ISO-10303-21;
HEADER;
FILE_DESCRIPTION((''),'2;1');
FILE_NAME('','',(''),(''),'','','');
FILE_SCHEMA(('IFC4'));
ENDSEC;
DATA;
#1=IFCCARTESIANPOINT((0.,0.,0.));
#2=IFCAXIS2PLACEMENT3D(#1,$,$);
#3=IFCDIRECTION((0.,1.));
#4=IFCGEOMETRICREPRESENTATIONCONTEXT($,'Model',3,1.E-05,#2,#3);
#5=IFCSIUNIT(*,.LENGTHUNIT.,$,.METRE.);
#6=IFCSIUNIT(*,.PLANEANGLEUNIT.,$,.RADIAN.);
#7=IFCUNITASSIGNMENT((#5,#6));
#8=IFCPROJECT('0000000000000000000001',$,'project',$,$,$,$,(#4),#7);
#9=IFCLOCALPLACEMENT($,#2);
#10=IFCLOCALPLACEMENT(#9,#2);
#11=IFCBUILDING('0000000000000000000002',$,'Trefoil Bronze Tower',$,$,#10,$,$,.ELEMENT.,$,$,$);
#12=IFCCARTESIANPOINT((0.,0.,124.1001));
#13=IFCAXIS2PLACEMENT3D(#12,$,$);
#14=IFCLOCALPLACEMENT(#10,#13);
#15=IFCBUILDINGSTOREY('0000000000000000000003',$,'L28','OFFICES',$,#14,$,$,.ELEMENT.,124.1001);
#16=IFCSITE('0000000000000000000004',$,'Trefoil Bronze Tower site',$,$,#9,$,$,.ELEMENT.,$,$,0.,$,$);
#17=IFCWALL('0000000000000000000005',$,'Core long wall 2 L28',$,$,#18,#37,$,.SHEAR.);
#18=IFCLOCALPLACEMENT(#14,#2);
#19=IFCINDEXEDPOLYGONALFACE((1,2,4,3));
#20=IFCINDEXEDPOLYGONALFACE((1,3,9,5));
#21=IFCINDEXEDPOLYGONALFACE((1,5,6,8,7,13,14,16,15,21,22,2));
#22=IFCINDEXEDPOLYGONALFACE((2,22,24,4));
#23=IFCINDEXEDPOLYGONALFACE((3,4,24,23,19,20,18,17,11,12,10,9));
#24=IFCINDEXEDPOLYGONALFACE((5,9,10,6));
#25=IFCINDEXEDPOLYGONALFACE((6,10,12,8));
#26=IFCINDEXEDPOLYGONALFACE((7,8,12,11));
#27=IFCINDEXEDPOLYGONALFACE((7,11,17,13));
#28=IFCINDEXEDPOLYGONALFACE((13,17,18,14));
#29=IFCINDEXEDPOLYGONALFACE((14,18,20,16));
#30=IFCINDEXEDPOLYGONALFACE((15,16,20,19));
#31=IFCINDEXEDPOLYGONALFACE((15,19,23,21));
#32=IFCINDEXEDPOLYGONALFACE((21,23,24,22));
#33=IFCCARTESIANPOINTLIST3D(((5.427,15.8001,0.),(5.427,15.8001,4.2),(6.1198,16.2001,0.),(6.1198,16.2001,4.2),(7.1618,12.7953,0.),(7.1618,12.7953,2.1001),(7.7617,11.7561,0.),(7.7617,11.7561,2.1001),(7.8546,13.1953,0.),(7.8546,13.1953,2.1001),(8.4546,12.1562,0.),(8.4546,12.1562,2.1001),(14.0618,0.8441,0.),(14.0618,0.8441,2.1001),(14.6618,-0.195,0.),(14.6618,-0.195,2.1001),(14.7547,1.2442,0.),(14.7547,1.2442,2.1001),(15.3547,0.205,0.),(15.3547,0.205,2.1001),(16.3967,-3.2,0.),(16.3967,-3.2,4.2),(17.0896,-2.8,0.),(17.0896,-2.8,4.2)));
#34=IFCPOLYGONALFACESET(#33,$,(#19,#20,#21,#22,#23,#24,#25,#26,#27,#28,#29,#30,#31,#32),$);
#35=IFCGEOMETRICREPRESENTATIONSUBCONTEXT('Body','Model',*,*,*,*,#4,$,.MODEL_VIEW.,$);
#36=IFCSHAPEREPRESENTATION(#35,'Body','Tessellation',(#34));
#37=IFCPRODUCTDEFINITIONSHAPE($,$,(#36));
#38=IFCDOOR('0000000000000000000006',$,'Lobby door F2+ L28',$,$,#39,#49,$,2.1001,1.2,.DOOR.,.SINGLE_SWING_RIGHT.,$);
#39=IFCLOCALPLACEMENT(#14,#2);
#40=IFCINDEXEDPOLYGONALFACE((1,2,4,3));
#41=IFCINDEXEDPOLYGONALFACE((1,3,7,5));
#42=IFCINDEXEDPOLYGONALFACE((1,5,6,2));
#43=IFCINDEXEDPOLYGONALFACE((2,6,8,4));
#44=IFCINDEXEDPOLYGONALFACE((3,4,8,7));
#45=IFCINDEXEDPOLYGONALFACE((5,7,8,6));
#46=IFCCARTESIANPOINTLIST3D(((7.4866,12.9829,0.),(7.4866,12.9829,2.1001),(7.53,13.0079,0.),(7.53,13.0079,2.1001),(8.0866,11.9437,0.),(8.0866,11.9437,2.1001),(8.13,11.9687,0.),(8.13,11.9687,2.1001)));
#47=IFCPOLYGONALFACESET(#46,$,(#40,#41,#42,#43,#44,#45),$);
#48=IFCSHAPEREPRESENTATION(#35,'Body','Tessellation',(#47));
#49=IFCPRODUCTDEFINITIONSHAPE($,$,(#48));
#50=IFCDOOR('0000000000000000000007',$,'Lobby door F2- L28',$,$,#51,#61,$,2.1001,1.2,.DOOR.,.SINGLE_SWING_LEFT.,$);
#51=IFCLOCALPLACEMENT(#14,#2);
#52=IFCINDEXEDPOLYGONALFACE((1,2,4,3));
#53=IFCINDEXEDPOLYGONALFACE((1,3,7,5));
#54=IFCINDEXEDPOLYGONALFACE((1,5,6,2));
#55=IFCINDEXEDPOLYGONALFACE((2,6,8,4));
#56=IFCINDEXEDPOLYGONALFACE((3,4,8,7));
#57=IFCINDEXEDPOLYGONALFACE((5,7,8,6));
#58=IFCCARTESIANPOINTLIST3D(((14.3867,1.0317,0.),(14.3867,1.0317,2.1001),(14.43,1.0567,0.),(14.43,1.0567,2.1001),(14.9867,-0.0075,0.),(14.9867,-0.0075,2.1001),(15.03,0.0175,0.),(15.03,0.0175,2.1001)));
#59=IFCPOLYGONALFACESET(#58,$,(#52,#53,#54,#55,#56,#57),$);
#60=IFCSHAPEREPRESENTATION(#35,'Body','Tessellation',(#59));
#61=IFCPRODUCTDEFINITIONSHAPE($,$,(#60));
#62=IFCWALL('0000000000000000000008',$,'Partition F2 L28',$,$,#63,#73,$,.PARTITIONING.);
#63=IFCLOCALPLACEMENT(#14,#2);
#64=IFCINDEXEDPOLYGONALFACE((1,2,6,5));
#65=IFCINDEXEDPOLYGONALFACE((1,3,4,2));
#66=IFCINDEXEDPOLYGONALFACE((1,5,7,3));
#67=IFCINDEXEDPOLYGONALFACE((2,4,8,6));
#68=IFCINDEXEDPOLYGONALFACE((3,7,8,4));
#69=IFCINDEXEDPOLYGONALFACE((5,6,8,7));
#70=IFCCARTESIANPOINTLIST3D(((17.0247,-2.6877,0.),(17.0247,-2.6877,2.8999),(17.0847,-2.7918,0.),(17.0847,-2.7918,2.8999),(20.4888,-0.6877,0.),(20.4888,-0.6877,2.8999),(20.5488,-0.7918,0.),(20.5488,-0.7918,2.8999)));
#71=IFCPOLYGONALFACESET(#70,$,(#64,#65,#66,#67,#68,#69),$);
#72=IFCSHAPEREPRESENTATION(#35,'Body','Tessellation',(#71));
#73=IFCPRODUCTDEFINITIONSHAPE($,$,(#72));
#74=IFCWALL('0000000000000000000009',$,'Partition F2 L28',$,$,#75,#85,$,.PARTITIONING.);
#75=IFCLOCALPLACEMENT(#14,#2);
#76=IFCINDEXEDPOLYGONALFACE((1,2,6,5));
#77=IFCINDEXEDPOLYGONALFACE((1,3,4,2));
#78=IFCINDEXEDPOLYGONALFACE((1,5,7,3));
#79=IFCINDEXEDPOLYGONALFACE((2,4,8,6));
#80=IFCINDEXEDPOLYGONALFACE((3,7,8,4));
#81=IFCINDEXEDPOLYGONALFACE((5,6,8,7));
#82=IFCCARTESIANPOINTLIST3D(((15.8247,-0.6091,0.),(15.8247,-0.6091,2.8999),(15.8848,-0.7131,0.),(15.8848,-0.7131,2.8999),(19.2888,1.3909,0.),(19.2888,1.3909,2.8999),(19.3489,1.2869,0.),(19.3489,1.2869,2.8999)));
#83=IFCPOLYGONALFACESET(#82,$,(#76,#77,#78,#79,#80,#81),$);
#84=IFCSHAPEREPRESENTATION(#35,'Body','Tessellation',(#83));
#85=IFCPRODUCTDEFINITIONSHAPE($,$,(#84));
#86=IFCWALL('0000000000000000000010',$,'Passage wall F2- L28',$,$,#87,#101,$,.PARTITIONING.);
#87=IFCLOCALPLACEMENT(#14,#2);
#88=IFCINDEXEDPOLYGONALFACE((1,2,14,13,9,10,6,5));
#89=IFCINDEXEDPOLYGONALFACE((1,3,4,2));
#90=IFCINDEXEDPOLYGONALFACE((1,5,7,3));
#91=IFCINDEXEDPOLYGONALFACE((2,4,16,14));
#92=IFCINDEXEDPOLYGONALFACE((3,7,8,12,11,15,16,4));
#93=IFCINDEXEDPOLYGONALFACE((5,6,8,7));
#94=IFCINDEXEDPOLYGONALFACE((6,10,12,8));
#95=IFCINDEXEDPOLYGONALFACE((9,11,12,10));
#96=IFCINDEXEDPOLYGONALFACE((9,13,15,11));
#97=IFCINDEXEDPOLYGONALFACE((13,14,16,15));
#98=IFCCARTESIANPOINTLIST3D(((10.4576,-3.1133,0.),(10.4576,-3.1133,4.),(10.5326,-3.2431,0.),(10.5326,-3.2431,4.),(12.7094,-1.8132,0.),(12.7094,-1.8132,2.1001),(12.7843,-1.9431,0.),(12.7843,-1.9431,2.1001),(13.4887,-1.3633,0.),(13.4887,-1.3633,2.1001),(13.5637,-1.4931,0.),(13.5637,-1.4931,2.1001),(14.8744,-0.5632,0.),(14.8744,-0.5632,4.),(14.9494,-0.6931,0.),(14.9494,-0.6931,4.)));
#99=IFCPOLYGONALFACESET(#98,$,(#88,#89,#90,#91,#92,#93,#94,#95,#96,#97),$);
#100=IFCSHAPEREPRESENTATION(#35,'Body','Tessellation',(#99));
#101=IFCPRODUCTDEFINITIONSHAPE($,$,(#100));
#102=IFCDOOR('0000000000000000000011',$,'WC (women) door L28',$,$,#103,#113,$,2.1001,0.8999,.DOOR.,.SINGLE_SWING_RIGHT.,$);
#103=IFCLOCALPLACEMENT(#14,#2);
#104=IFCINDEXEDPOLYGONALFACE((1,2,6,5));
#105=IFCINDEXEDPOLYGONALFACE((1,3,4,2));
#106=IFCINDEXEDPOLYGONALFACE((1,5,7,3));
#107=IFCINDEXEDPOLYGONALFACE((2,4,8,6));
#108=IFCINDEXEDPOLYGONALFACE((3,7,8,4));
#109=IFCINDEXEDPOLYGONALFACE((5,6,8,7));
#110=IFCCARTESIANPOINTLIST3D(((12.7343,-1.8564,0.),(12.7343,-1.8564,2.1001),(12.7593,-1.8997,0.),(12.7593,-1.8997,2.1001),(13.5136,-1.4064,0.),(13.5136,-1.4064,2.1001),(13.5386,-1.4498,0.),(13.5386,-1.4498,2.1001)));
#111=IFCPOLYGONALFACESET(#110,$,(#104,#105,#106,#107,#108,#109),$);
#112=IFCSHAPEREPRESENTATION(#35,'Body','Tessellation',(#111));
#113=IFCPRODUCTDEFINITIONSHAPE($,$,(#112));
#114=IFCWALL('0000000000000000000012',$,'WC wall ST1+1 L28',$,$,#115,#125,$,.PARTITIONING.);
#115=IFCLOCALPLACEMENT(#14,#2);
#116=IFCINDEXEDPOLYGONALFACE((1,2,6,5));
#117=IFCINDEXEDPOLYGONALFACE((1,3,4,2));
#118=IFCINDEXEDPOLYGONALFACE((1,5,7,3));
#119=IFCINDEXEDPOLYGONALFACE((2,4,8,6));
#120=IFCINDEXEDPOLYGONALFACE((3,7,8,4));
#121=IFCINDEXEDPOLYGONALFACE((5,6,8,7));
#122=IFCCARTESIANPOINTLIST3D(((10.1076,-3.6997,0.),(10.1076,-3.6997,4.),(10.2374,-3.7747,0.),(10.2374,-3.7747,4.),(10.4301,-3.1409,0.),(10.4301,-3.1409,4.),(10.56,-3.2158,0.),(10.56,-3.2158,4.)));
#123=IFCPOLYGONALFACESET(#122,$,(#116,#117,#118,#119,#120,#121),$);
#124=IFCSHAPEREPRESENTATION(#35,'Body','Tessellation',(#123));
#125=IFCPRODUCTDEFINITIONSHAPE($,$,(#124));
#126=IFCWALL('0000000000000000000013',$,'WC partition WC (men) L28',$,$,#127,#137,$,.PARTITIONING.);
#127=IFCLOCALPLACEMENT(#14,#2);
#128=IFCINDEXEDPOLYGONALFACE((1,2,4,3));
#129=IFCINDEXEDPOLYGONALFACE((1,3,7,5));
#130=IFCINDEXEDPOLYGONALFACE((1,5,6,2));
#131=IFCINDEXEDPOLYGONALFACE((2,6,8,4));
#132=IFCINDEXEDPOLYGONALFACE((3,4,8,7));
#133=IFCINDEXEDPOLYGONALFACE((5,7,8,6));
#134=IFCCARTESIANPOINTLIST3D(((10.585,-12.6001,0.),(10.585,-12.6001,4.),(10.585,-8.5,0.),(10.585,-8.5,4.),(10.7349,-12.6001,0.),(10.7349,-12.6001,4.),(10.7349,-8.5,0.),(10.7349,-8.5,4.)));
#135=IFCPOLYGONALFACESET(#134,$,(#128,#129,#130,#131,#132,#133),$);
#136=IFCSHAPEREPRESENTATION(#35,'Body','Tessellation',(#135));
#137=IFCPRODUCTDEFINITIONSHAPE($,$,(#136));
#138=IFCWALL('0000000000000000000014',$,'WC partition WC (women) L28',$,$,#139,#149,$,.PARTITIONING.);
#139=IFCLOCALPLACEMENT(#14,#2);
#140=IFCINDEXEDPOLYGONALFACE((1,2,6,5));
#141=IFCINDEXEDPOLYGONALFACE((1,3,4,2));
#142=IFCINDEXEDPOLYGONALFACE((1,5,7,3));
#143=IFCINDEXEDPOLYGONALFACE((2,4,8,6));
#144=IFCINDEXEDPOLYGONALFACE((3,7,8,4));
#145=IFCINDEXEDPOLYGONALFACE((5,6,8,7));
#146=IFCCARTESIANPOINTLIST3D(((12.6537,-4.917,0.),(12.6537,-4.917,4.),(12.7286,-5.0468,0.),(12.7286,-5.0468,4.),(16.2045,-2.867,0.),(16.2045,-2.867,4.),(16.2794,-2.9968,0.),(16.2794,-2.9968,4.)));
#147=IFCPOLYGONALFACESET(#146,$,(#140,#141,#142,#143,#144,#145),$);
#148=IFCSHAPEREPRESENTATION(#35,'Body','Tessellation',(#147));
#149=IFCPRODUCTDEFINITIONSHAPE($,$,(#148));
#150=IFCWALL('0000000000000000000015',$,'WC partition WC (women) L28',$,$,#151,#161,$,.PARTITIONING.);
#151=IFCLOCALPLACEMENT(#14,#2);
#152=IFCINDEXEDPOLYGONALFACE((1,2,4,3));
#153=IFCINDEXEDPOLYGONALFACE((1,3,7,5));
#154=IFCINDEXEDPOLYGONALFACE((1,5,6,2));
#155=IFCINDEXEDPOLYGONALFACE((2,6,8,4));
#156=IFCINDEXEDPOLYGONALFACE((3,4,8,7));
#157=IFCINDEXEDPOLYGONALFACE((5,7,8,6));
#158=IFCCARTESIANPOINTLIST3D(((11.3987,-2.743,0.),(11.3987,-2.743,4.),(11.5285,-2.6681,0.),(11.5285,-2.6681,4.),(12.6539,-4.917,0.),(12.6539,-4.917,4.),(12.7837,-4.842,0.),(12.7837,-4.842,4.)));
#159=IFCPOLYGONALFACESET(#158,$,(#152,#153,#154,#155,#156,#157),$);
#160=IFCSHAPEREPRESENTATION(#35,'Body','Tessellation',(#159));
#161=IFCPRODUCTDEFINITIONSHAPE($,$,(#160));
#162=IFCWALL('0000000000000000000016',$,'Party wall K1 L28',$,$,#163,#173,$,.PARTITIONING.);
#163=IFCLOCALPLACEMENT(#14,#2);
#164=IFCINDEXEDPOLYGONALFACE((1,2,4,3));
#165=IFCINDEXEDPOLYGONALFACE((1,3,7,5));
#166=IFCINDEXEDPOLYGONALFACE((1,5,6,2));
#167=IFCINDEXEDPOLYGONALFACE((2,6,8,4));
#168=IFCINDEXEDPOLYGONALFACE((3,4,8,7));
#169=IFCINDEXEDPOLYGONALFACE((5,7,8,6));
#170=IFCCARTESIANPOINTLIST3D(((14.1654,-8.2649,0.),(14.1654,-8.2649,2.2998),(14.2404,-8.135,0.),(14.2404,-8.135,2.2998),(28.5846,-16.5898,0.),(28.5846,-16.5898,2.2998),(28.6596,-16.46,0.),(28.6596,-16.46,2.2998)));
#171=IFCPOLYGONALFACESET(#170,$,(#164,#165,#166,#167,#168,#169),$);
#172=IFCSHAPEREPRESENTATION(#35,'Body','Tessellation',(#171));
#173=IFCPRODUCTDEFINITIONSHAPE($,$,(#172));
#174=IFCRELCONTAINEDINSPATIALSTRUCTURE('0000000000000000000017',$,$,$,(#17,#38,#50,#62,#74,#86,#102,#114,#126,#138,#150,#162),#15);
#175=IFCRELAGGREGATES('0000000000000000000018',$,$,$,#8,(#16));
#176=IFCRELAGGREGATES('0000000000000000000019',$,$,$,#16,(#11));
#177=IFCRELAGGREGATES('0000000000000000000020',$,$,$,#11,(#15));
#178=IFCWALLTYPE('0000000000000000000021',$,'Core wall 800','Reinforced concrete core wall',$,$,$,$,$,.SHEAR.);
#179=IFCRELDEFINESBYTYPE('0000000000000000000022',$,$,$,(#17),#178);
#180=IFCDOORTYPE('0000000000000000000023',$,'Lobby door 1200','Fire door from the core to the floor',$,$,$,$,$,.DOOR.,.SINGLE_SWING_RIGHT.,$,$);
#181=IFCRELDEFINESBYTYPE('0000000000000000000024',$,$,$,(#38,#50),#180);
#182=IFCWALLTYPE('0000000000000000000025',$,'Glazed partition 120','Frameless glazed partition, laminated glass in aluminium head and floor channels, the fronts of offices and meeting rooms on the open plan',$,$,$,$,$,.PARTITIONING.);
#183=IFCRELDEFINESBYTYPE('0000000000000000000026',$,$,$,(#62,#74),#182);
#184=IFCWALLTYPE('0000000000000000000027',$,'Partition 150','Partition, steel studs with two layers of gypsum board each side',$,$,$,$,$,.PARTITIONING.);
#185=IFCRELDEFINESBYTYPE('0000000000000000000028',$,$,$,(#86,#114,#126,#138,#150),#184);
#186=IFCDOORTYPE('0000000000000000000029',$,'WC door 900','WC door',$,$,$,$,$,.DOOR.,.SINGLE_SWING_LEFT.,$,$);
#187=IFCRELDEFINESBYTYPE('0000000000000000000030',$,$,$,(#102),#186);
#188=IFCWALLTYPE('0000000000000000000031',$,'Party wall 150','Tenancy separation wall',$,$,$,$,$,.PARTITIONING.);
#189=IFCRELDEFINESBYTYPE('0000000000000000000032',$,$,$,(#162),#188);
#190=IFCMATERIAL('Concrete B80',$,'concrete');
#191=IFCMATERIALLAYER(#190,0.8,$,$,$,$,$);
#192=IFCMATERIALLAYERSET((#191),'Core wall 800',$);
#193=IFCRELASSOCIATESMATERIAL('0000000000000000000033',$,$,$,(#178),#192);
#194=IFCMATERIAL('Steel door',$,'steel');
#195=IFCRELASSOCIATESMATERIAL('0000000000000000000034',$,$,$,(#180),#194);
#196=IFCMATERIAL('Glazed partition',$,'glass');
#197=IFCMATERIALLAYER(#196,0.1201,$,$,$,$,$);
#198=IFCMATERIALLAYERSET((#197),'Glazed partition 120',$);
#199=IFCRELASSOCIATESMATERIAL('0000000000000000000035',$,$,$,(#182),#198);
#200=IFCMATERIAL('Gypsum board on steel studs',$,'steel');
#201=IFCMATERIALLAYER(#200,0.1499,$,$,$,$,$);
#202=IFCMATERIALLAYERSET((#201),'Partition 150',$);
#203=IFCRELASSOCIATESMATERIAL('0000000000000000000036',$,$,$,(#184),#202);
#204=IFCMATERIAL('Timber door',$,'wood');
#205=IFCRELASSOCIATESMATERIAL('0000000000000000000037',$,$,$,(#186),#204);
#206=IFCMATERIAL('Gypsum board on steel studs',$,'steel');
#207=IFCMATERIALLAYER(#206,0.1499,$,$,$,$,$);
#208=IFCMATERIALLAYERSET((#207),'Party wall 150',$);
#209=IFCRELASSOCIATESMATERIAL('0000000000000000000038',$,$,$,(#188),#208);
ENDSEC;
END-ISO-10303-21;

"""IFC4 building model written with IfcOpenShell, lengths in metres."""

from ifc_helpers import new_model, si_unit, direction, frame, frame_2d, origin, place, context, subcontext, project, spatial, rectangle, extrude, material, layer, layer_set, type_object, element, fill, save


model = new_model("IFC4")

# Units and contexts
model_context = context("Model", 3, precision=1e-05, world=origin(), true_north=direction((0.0, 1.0)))
body_context = subcontext(model_context, "Body", "Model", "MODEL_VIEW")
ifc_project = project(units=[si_unit("LENGTHUNIT", "METRE"), si_unit("PLANEANGLEUNIT", "RADIAN")], contexts=[model_context])

# Site, building, storey
site_placement = place(None, origin())
site = spatial("IfcSite", under=ifc_project, at=site_placement, Name="Trefoil Bronze Tower site", CompositionType="ELEMENT", RefElevation=0.0)
building_placement = place(site_placement, origin())
building = spatial("IfcBuilding", under=site, at=building_placement, Name="Trefoil Bronze Tower", CompositionType="ELEMENT")
storey_placement = place(building_placement, frame((0.0, 0.0, 124.1001)))
storey = spatial("IfcBuildingStorey", under=building, at=storey_placement, Name="L28", Description="OFFICES", CompositionType="ELEMENT", Elevation=124.1001)

# Shared definitions
ifc_material_1 = material(Name="Concrete B80", Category="concrete")
ifc_layer_1 = layer(ifc_material_1, 0.8)
ifc_layer_set_1 = layer_set([ifc_layer_1], Name="Core wall 800")
wall_type_1 = type_object("IfcWallType", Name="Core wall 800", Description="Reinforced concrete core wall", PredefinedType="SHEAR", material=ifc_layer_set_1)

# Wall, openings, doors
wall_1_placement = place(storey_placement, frame((16.7432, -3.0, 0.0), z_axis=(0.0, 0.0, 1.0), x_axis=(-0.500002, 0.866024, 0.0)))
wall_1 = element("IfcWall", 1, at=wall_1_placement, inside=storey, type_object=wall_type_1, Name="Core long wall 2 L28", PredefinedType="SHEAR", context=body_context, shape_type="SweptSolid", body=[
    extrude(rectangle(XDim=21.9395, YDim=0.8, at=frame_2d((10.9697, 0.0))), origin(), (0.0, 0.0, 1.0), 4.2),
])
opening_1_placement = place(wall_1_placement, frame((17.2698, 0.0, 0.0)))
opening_1 = element("IfcOpeningElement", 2, at=opening_1_placement, cuts=wall_1, PredefinedType="OPENING", context=body_context, shape_type="SweptSolid", body=[
    extrude(rectangle(XDim=1.2, YDim=2.1001, at=frame_2d((0.6001, 1.05))), frame((0.0, 0.4099, 0.0), z_axis=(0.0, -1.0, 0.0), x_axis=(1.0, 0.0, 0.0)), (0.0, 0.0, 1.0), 0.8201),
])
opening_2_placement = place(wall_1_placement, frame((3.4697, 0.0, 0.0)))
opening_2 = element("IfcOpeningElement", 3, at=opening_2_placement, cuts=wall_1, PredefinedType="OPENING", context=body_context, shape_type="SweptSolid", body=[
    extrude(rectangle(XDim=1.2, YDim=2.1001, at=frame_2d((0.6001, 1.05))), frame((0.0, 0.4099, 0.0), z_axis=(0.0, -1.0, 0.0), x_axis=(1.0, 0.0, 0.0)), (0.0, 0.0, 1.0), 0.8201),
])
ifc_material_2 = material(Name="Steel door", Category="steel")
door_type_1 = type_object("IfcDoorType", Name="Lobby door 1200", Description="Fire door from the core to the floor", OperationType="SINGLE_SWING_RIGHT", PredefinedType="DOOR", material=ifc_material_2)
door_1_placement = place(opening_1_placement, origin())
door_1 = element("IfcDoor", 4, at=door_1_placement, inside=storey, type_object=door_type_1, Name="Lobby door F2+ L28", OperationType="SINGLE_SWING_RIGHT", OverallHeight=2.1001, OverallWidth=1.2, PredefinedType="DOOR", context=body_context, shape_type="SweptSolid", body=[
    extrude(rectangle(XDim=1.2, YDim=2.1001, at=frame_2d((0.6001, 1.05))), frame((0.0, 0.0249, 0.0), z_axis=(0.0, -1.0, 0.0), x_axis=(1.0, 0.0, 0.0)), (0.0, 0.0, 1.0), 0.05),
])
fill(opening_1, door_1)
door_2_placement = place(opening_2_placement, origin())
door_2 = element("IfcDoor", 5, at=door_2_placement, inside=storey, type_object=door_type_1, Name="Lobby door F2- L28", OperationType="SINGLE_SWING_LEFT", OverallHeight=2.1001, OverallWidth=1.2, PredefinedType="DOOR", context=body_context, shape_type="SweptSolid", body=[
    extrude(rectangle(XDim=1.2, YDim=2.1001, at=frame_2d((0.6001, 1.05))), frame((0.0, 0.0249, 0.0), z_axis=(0.0, -1.0, 0.0), x_axis=(1.0, 0.0, 0.0)), (0.0, 0.0, 1.0), 0.05),
])
fill(opening_2, door_2)

# Walls
ifc_material_3 = material(Name="Glazed partition", Category="glass")
ifc_layer_2 = layer(ifc_material_3, 0.1201)
ifc_layer_set_2 = layer_set([ifc_layer_2], Name="Glazed partition 120")
wall_type_2 = type_object("IfcWallType", Name="Glazed partition 120", Description="Frameless glazed partition, laminated glass in aluminium head and floor channels, the fronts of offices and meeting rooms on the open plan", PredefinedType="PARTITIONING", material=ifc_layer_set_2)
for number, where, z_axis, x_axis, name in (
    (6, (17.0547, -2.7397, 0.0), (0.0, 0.0, 1.0), (0.866026, 0.499999, 0.0), "Partition F2 L28"),
    (7, (15.8547, -0.6611, 0.0), (0.0, 0.0, 1.0), (0.866026, 0.499999, 0.0), "Partition F2 L28"),
):
    element("IfcWall", number, at=place(storey_placement, frame(where, z_axis=z_axis, x_axis=x_axis)), inside=storey, type_object=wall_type_2, Name=name, PredefinedType="PARTITIONING", context=body_context, shape_type="SweptSolid", body=[
        extrude(rectangle(XDim=4.0, YDim=0.1201, at=frame_2d((2.0, 0.0))), origin(), (0.0, 0.0, 1.0), 2.8999),
    ])

# Wall, opening, door
ifc_material_4 = material(Name="Gypsum board on steel studs", Category="steel")
ifc_layer_3 = layer(ifc_material_4, 0.1499)
ifc_layer_set_3 = layer_set([ifc_layer_3], Name="Partition 150")
wall_type_3 = type_object("IfcWallType", Name="Partition 150", Description="Partition, steel studs with two layers of gypsum board each side", PredefinedType="PARTITIONING", material=ifc_layer_set_3)
wall_2_placement = place(storey_placement, frame((10.4951, -3.1782, 0.0), z_axis=(0.0, 0.0, 1.0), x_axis=(0.866022, 0.500006, 0.0)))
wall_2 = element("IfcWall", 8, at=wall_2_placement, inside=storey, type_object=wall_type_3, Name="Passage wall F2- L28", PredefinedType="PARTITIONING", context=body_context, shape_type="SweptSolid", body=[
    extrude(rectangle(XDim=5.1001, YDim=0.1499, at=frame_2d((2.55, 0.0))), origin(), (0.0, 0.0, 1.0), 4.0),
])
opening_3_placement = place(wall_2_placement, frame((2.6001, 0.0, 0.0)))
opening_3 = element("IfcOpeningElement", 9, at=opening_3_placement, cuts=wall_2, PredefinedType="OPENING", context=body_context, shape_type="SweptSolid", body=[
    extrude(rectangle(XDim=0.8999, YDim=2.1001, at=frame_2d((0.45, 1.05))), frame((0.0, 0.085, 0.0), z_axis=(0.0, -1.0, 0.0), x_axis=(1.0, 0.0, 0.0)), (0.0, 0.0, 1.0), 0.1699),
])
ifc_material_5 = material(Name="Timber door", Category="wood")
door_type_2 = type_object("IfcDoorType", Name="WC door 900", Description="WC door", OperationType="SINGLE_SWING_LEFT", PredefinedType="DOOR", material=ifc_material_5)
door_3_placement = place(opening_3_placement, frame((0.8999, 0.0, 0.0), z_axis=(0.0, 0.0, 1.0), x_axis=(-1.0, 0.0, 0.0)))
door_3 = element("IfcDoor", 10, at=door_3_placement, inside=storey, type_object=door_type_2, Name="WC (women) door L28", OperationType="SINGLE_SWING_RIGHT", OverallHeight=2.1001, OverallWidth=0.8999, PredefinedType="DOOR", context=body_context, shape_type="SweptSolid", body=[
    extrude(rectangle(XDim=0.8999, YDim=2.1001, at=frame_2d((0.45, 1.05))), frame((0.0, 0.0249, 0.0), z_axis=(0.0, -1.0, 0.0), x_axis=(1.0, 0.0, 0.0)), (0.0, 0.0, 1.0), 0.05),
])
fill(opening_3, door_3)

# Walls
wall_3_placement = place(storey_placement, frame((10.4951, -3.1782, 0.0), z_axis=(0.0, 0.0, 1.0), x_axis=(-0.499843, -0.866116, 0.0)))
element("IfcWall", 11, at=wall_3_placement, inside=storey, type_object=wall_type_3, Name="WC wall ST1+1 L28", PredefinedType="PARTITIONING", context=body_context, shape_type="SweptSolid", body=[
    extrude(rectangle(XDim=0.6453, YDim=0.1499, at=frame_2d((0.3228, 0.0))), origin(), (0.0, 0.0, 1.0), 4.0),
])
for number, where, z_axis, x_axis, name in (
    (12, (10.6599, -8.5, 0.0), (0.0, 0.0, 1.0), (0.0, -1.0, 0.0), "WC partition WC (men) L28"),
    (13, (12.6912, -4.9819, 0.0), (0.0, 0.0, 1.0), (0.866025, 0.500001, 0.0), "WC partition WC (women) L28"),
):
    element("IfcWall", number, at=place(storey_placement, frame(where, z_axis=z_axis, x_axis=x_axis)), inside=storey, type_object=wall_type_3, Name=name, PredefinedType="PARTITIONING", context=body_context, shape_type="SweptSolid", body=[
        extrude(rectangle(XDim=4.1001, YDim=0.1499, at=frame_2d((2.05, 0.0))), origin(), (0.0, 0.0, 1.0), 4.0),
    ])
wall_4_placement = place(storey_placement, frame((11.4636, -2.7056, 0.0), z_axis=(0.0, 0.0, 1.0), x_axis=(0.50002, -0.866014, 0.0)))
element("IfcWall", 14, at=wall_4_placement, inside=storey, type_object=wall_type_3, Name="WC partition WC (women) L28", PredefinedType="PARTITIONING", context=body_context, shape_type="SweptSolid", body=[
    extrude(rectangle(XDim=2.5103, YDim=0.1499, at=frame_2d((1.2551, 0.0))), origin(), (0.0, 0.0, 1.0), 4.0),
])
ifc_material_6 = material(Name="Gypsum board on steel studs", Category="steel")
ifc_layer_4 = layer(ifc_material_6, 0.1499)
ifc_layer_set_4 = layer_set([ifc_layer_4], Name="Party wall 150")
wall_type_4 = type_object("IfcWallType", Name="Party wall 150", Description="Tenancy separation wall", PredefinedType="PARTITIONING", material=ifc_layer_set_4)
wall_5_placement = place(storey_placement, frame((14.2029, -8.2, 0.0), z_axis=(0.0, 0.0, 1.0), x_axis=(0.866025, -0.500001, 0.0)))
element("IfcWall", 15, at=wall_5_placement, inside=storey, type_object=wall_type_4, Name="Party wall K1 L28", PredefinedType="PARTITIONING", context=body_context, shape_type="SweptSolid", body=[
    extrude(rectangle(XDim=16.6499, YDim=0.1499, at=frame_2d((8.325, 0.0))), origin(), (0.0, 0.0, 1.0), 2.2998),
])

save(model, "model.ifc")
